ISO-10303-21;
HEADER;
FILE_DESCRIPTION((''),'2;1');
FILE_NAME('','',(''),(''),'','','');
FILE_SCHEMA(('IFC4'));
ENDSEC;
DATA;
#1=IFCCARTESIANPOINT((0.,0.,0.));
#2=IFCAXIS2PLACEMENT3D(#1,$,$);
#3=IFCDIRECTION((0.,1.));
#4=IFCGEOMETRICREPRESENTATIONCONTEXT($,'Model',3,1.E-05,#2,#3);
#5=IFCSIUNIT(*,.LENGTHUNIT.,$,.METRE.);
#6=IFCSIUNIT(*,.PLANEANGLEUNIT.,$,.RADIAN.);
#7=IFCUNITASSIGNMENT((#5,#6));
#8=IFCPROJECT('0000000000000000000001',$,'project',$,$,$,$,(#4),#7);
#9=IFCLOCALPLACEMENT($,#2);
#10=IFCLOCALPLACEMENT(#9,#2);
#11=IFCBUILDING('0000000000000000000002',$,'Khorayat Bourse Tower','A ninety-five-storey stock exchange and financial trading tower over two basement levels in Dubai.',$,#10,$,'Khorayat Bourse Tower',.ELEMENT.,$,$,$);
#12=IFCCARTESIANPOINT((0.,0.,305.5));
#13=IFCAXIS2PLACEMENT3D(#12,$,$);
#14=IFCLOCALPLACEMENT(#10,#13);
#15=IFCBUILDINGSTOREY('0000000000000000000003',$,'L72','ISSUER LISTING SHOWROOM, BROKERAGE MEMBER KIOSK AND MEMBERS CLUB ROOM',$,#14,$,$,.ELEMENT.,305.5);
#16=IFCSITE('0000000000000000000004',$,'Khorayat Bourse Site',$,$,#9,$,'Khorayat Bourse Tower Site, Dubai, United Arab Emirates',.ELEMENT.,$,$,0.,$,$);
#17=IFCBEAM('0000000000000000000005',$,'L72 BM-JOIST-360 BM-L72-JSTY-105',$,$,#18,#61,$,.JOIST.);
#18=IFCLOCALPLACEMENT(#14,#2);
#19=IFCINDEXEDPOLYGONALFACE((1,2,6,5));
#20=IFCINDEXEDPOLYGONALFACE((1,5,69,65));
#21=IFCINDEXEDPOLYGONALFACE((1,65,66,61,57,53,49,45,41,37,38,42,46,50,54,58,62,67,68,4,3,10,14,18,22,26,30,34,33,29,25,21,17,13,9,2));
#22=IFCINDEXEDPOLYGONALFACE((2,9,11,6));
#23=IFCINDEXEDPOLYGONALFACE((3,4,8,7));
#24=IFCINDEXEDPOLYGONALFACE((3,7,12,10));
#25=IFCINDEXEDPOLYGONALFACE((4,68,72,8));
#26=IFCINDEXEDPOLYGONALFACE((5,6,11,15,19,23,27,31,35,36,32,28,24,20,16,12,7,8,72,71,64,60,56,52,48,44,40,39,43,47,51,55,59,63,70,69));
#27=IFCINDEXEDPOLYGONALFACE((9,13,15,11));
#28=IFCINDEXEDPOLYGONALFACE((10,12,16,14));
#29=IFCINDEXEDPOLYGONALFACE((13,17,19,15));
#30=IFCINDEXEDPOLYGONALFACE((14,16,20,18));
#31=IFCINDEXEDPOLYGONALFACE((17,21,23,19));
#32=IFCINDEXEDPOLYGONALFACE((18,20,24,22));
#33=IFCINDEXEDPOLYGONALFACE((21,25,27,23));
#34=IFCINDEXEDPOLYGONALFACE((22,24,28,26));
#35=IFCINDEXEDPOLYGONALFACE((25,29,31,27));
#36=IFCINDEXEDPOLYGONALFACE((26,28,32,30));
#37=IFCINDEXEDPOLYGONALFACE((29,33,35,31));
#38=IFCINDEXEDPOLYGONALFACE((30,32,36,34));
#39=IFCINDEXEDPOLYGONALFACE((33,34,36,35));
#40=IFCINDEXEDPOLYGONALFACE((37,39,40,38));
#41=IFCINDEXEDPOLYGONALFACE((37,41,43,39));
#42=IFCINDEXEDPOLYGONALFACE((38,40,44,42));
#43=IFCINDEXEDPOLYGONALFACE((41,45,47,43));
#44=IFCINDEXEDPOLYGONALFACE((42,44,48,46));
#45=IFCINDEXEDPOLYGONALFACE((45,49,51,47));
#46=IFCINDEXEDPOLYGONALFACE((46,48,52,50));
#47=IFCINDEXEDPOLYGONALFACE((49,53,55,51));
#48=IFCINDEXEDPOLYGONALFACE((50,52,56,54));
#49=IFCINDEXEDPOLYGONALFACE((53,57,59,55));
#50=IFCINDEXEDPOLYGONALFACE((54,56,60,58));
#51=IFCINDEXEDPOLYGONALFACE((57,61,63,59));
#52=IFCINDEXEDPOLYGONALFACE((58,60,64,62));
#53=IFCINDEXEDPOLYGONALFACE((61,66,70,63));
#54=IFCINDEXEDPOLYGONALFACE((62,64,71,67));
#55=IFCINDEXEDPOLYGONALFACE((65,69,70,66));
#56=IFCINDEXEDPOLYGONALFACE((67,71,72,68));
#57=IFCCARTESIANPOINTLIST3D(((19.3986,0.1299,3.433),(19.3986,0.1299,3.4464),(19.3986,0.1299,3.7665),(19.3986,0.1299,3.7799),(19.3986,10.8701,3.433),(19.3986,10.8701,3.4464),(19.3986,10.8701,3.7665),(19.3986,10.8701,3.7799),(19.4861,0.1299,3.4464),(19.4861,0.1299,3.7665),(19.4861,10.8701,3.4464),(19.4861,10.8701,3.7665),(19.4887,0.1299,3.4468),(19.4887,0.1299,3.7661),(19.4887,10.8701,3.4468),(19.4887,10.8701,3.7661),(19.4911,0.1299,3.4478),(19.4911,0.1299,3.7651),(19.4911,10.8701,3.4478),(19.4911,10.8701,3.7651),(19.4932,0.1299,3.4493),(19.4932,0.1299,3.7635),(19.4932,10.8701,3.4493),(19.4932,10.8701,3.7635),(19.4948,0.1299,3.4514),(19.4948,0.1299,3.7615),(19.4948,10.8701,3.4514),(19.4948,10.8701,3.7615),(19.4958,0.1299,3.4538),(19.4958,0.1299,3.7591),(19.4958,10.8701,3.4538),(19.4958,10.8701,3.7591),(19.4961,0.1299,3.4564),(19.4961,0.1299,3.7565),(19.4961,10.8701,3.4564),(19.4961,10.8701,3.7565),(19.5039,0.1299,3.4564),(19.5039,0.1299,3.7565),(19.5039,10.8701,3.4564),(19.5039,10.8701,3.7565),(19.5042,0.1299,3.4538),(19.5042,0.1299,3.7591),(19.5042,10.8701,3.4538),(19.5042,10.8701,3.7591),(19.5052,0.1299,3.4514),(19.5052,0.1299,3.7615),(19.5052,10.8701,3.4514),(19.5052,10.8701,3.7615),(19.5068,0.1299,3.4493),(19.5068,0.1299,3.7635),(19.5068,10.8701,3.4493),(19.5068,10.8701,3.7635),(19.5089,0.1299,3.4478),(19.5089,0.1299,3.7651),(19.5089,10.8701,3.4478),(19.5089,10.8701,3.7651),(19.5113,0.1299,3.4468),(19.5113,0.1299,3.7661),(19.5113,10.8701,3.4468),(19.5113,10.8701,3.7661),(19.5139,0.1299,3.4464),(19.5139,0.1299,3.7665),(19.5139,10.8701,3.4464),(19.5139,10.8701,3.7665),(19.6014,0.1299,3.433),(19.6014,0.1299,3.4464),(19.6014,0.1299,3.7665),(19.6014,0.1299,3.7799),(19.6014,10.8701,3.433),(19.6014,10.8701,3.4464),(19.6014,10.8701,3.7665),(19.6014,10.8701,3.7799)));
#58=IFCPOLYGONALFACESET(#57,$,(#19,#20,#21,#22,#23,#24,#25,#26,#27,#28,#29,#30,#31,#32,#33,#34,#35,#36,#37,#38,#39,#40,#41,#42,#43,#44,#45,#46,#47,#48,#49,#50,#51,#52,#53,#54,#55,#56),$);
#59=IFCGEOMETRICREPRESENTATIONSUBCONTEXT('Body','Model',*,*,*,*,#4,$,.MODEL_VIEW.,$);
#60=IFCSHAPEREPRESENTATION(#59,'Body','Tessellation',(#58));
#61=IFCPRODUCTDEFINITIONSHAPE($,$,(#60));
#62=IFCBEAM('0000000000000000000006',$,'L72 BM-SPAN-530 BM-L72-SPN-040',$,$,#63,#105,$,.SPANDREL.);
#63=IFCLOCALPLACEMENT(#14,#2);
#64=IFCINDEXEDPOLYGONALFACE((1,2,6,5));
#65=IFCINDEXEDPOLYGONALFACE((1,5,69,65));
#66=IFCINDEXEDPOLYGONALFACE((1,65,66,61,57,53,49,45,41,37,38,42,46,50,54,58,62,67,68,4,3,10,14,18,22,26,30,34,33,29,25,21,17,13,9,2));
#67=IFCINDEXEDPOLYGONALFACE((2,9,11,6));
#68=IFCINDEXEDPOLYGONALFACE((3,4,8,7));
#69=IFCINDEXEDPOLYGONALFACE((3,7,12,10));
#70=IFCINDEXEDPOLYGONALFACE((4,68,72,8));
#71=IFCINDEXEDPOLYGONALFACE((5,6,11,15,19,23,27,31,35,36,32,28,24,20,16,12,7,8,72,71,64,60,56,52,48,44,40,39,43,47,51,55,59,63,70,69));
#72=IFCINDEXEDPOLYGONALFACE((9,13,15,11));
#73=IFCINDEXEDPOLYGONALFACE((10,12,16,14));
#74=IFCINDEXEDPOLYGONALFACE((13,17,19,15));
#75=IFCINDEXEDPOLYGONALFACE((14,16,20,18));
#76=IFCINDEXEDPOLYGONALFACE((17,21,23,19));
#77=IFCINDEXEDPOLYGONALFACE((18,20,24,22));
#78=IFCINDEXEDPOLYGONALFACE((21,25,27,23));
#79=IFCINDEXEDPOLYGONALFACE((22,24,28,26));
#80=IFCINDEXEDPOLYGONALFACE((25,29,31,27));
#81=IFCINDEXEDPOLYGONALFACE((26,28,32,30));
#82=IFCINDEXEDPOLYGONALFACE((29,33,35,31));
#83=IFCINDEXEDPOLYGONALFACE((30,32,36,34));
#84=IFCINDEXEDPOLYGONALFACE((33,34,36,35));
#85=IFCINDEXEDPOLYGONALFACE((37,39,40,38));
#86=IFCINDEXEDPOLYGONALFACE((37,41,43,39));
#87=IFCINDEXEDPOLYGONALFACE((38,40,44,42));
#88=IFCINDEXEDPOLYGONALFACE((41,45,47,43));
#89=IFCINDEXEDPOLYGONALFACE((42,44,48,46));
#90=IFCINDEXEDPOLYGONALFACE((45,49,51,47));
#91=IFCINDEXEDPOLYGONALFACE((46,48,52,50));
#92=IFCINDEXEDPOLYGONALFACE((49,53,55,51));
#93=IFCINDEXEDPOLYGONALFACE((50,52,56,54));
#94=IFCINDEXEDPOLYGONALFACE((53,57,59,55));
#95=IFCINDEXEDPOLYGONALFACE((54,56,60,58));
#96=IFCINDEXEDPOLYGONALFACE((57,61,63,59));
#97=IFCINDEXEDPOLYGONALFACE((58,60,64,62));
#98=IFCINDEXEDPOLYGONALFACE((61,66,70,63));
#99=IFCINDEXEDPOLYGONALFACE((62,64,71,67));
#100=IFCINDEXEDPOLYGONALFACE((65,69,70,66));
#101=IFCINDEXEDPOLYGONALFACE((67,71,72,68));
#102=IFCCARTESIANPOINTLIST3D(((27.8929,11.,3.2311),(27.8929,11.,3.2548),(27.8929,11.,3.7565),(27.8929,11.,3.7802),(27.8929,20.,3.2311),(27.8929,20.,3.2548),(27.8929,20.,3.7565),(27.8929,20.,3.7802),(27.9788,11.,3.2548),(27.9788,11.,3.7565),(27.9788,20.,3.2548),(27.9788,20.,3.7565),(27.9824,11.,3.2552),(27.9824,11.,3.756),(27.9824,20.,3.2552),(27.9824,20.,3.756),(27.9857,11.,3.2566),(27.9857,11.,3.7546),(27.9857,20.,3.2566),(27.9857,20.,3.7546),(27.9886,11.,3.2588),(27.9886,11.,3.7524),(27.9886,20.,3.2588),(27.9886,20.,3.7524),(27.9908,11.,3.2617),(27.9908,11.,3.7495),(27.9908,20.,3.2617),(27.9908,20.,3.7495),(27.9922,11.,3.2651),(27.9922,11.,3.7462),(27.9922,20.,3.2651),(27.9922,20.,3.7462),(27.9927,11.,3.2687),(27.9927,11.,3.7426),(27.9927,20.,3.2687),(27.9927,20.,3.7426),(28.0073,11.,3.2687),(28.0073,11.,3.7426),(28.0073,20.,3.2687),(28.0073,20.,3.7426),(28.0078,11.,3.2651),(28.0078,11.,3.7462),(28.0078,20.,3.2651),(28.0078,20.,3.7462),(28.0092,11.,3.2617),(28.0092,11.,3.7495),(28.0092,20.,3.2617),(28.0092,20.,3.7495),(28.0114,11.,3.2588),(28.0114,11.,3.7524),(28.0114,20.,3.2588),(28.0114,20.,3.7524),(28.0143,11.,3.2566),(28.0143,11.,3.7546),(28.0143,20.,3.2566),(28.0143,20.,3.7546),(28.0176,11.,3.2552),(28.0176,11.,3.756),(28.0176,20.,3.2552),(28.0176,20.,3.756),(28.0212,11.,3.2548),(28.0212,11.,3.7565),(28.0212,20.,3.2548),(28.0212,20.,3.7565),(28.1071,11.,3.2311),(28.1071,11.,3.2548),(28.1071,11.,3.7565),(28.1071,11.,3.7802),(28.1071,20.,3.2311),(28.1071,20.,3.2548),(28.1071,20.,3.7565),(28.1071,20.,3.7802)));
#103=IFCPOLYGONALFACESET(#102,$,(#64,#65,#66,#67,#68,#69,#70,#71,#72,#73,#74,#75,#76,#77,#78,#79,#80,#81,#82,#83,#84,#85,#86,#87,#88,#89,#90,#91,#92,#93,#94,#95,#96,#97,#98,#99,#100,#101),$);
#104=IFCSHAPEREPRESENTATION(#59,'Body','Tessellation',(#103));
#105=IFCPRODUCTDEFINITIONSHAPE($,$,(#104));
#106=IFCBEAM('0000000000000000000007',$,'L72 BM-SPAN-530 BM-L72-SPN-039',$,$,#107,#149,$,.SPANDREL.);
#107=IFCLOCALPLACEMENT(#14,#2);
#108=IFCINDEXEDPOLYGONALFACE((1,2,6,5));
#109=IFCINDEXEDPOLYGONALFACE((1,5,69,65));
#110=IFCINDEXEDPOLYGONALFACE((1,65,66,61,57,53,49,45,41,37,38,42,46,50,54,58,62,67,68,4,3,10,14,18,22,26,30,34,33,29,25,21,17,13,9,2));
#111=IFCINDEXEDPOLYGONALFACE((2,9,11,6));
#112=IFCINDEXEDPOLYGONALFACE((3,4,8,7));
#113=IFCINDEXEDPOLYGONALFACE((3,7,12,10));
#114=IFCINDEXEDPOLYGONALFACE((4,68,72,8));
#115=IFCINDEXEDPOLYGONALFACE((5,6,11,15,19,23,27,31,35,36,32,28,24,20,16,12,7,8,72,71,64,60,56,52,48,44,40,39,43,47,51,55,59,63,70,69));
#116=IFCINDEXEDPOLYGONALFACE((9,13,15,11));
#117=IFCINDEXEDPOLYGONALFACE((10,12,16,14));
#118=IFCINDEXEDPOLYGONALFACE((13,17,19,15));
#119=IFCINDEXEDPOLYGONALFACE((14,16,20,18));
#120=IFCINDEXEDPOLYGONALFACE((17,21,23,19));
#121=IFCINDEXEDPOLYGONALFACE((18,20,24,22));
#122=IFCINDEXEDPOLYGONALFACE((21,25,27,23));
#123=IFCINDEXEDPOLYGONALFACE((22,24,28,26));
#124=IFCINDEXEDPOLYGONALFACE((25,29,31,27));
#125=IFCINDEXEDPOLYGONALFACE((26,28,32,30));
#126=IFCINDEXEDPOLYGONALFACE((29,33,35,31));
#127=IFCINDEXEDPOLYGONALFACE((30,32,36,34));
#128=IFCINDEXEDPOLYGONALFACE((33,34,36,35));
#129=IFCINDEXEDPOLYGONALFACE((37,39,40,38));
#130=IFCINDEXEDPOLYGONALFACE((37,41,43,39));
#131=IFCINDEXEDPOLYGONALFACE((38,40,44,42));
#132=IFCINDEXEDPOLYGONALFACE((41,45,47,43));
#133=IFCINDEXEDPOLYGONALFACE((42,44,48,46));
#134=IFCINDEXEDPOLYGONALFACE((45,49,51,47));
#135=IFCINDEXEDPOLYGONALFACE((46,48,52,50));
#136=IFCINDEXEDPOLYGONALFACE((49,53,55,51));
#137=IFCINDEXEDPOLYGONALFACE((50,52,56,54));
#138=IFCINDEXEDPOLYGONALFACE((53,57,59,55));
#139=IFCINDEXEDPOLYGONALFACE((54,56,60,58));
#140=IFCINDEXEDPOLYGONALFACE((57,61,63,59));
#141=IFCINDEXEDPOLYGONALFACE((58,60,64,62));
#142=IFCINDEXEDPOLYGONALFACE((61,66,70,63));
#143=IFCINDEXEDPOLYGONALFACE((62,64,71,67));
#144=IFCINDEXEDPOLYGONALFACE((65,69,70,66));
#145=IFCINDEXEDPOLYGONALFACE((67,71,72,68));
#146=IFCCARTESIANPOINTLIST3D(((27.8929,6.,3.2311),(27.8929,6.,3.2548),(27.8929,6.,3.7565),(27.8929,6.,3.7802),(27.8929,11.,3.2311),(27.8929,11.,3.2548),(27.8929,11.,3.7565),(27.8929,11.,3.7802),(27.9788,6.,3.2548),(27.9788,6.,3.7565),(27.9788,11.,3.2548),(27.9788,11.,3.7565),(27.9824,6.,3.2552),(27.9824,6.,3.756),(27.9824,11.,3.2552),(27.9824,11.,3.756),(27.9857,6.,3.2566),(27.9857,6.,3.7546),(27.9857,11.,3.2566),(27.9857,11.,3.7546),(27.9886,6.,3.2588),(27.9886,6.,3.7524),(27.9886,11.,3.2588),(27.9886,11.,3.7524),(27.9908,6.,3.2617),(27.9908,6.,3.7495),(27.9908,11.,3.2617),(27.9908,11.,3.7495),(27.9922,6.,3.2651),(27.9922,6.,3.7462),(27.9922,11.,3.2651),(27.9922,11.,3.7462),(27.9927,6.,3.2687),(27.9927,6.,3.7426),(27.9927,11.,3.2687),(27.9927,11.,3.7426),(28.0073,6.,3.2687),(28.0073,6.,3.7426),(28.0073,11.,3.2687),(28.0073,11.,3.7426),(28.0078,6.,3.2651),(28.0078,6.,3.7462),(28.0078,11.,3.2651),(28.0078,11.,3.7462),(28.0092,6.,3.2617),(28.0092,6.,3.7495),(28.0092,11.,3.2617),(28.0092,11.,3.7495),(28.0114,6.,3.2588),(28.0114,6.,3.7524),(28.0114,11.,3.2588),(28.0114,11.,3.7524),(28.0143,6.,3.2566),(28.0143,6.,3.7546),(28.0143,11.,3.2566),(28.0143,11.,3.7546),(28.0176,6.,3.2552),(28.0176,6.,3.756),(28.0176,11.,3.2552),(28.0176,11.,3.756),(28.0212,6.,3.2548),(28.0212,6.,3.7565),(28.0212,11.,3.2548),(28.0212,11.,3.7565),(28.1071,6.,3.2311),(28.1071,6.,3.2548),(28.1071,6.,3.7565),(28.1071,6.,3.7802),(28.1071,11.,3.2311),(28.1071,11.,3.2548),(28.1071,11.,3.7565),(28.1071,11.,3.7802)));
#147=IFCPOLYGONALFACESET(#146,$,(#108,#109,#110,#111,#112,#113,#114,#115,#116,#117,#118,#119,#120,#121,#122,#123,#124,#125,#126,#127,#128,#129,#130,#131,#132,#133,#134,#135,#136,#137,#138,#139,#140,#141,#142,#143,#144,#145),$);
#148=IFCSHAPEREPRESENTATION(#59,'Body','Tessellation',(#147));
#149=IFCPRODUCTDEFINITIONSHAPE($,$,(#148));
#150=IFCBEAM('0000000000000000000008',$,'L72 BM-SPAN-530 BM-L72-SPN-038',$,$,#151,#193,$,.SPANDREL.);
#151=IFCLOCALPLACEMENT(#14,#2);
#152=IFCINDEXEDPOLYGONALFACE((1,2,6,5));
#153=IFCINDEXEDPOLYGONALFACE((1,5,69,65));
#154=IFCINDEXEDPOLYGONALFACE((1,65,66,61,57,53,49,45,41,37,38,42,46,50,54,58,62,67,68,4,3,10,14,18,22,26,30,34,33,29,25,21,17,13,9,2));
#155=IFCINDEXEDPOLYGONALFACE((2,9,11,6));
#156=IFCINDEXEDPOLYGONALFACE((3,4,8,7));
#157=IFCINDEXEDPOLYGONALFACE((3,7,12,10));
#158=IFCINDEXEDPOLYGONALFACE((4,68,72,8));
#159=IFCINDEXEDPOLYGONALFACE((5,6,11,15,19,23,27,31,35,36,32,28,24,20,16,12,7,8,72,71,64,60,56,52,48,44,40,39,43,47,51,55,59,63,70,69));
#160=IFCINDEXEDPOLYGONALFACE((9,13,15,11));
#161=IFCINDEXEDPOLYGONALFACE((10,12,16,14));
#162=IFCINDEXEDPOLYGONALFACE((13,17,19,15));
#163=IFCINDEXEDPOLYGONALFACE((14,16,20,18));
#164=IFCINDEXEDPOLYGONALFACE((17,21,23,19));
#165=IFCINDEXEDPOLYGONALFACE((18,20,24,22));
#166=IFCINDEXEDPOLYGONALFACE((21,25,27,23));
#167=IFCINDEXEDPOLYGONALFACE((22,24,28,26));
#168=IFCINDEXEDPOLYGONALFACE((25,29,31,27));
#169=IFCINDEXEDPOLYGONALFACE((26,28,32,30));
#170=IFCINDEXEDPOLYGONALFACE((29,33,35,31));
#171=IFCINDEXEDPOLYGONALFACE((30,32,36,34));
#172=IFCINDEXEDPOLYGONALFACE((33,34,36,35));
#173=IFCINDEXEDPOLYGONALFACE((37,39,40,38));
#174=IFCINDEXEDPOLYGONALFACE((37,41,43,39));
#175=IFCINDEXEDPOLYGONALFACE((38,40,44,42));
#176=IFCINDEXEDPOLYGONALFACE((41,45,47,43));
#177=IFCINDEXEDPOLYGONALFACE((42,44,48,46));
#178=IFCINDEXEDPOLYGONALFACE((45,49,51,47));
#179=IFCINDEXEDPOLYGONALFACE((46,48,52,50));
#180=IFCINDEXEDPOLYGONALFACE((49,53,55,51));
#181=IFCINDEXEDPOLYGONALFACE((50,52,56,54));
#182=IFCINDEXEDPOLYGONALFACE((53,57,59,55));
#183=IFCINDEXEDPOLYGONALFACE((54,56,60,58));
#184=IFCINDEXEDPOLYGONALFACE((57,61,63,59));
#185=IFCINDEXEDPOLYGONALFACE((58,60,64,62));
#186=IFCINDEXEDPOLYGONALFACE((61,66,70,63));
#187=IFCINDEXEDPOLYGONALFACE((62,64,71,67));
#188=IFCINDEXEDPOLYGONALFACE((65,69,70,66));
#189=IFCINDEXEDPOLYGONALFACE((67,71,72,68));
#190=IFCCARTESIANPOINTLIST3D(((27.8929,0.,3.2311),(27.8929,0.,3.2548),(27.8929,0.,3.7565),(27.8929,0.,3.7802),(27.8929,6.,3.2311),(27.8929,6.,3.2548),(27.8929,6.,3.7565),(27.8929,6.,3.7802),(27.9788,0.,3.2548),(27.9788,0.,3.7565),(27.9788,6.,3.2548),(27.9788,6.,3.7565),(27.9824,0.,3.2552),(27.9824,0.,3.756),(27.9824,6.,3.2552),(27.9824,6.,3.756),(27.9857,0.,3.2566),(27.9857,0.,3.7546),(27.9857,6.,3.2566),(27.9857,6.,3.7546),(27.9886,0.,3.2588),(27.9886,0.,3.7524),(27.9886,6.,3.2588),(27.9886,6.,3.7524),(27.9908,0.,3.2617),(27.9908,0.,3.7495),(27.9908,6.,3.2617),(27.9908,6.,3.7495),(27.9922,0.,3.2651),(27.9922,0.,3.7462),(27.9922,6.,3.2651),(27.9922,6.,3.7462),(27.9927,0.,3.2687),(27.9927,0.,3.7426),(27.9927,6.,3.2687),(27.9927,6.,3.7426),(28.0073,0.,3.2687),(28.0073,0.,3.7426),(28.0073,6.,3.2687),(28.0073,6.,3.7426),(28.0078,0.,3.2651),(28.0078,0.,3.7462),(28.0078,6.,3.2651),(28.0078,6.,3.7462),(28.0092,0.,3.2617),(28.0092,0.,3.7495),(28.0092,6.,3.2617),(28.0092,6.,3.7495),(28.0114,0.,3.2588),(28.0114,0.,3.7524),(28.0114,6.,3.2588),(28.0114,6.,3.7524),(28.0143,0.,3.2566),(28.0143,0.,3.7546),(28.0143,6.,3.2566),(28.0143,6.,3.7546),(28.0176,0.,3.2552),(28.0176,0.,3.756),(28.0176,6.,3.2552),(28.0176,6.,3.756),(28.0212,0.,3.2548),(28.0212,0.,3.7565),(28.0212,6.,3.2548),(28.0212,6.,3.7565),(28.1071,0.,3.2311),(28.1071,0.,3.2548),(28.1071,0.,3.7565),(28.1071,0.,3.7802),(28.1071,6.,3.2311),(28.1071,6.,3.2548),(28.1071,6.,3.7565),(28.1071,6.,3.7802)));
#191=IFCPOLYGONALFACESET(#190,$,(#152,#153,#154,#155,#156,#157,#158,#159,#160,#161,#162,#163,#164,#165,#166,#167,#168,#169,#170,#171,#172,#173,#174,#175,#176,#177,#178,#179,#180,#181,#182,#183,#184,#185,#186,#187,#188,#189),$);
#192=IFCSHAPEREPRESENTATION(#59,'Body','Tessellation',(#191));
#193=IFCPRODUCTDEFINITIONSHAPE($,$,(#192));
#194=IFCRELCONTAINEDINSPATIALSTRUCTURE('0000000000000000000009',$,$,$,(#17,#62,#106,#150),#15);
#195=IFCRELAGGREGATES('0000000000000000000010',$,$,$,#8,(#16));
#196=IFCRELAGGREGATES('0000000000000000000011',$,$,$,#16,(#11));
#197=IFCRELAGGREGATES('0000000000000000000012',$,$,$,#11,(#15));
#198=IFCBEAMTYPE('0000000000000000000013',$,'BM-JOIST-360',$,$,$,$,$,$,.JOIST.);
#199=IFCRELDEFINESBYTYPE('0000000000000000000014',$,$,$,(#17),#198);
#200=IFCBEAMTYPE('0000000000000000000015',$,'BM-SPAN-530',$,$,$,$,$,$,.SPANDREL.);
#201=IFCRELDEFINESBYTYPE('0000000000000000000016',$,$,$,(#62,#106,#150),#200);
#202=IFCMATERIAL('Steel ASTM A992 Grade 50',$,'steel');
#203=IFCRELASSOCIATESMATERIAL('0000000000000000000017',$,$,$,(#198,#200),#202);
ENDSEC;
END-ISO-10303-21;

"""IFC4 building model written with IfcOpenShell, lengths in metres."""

from ifc_helpers import new_model, si_unit, direction, frame, origin, origin_2d, place, context, subcontext, project, spatial, i_section, extrude, source, transform, mapped, material, material_profile, profile_set, type_object, element, save


model = new_model("IFC4")

# Units and contexts
model_context = context("Model", 3, precision=1e-05, world=origin(), true_north=direction((0.0, 1.0)))
body_context = subcontext(model_context, "Body", "Model", "MODEL_VIEW")
ifc_project = project(units=[si_unit("LENGTHUNIT", "METRE"), si_unit("PLANEANGLEUNIT", "RADIAN")], contexts=[model_context])

# Site, building, storey
site_placement = place(None, origin())
site = spatial("IfcSite", under=ifc_project, at=site_placement, Name="Khorayat Bourse Site", LongName="Khorayat Bourse Tower Site, Dubai, United Arab Emirates", CompositionType="ELEMENT", RefElevation=0.0)
building_placement = place(site_placement, origin())
building = spatial("IfcBuilding", under=site, at=building_placement, Name="Khorayat Bourse Tower", Description="A ninety-five-storey stock exchange and financial trading tower over two basement levels in Dubai.", LongName="Khorayat Bourse Tower", CompositionType="ELEMENT")
storey_placement = place(building_placement, frame((0.0, 0.0, 305.5)))
storey = spatial("IfcBuildingStorey", under=building, at=storey_placement, Name="L72", Description="ISSUER LISTING SHOWROOM, BROKERAGE MEMBER KIOSK AND MEMBERS CLUB ROOM", CompositionType="ELEMENT", Elevation=305.5)

# Shared definitions
ifc_material_1 = material(Name="Steel ASTM A992 Grade 50", Category="steel")

# Beams
ifc_material_profile_1 = material_profile(ifc_material_1, i_section(OverallWidth=0.2029, OverallDepth=0.3469, WebThickness=0.0078, FlangeThickness=0.0134, FilletRadius=0.01, at=origin_2d()), Name="W360X64")
ifc_profile_set_1 = profile_set([ifc_material_profile_1], Name="Steel ASTM A992 Grade 50")
beam_type_1 = type_object("IfcBeamType", Name="BM-JOIST-360", PredefinedType="JOIST", material=ifc_profile_set_1)
shared_shape_1 = source(origin(), body_context, "Body", "SweptSolid", [
    extrude(i_section(OverallWidth=0.2029, OverallDepth=0.3469, WebThickness=0.0078, FlangeThickness=0.0134, FilletRadius=0.01, at=origin_2d()), origin(), (0.0, 0.0, 1.0), 10.7402),
])
beam_1_placement = place(storey_placement, frame((19.5, 0.1299, 3.6064), z_axis=(0.0, 1.0, 0.0), x_axis=(-1.0, 0.0, 0.0)))
element("IfcBeam", 1, at=beam_1_placement, inside=storey, type_object=beam_type_1, Name="L72 BM-JOIST-360 BM-L72-JSTY-105", PredefinedType="JOIST", context=body_context, shape_type="MappedRepresentation", body=[
    mapped(shared_shape_1, transform((0.0, 0.0, 0.0), scale=1.0)),
])
ifc_material_profile_2 = material_profile(ifc_material_1, i_section(OverallWidth=0.2141, OverallDepth=0.5491, WebThickness=0.0146, FlangeThickness=0.0237, FilletRadius=0.0139, at=origin_2d()), Name="W530X138")
ifc_profile_set_2 = profile_set([ifc_material_profile_2], Name="Steel ASTM A992 Grade 50")
beam_type_2 = type_object("IfcBeamType", Name="BM-SPAN-530", PredefinedType="SPANDREL", material=ifc_profile_set_2)
shared_shape_2 = source(origin(), body_context, "Body", "SweptSolid", [
    extrude(i_section(OverallWidth=0.2141, OverallDepth=0.5491, WebThickness=0.0146, FlangeThickness=0.0237, FilletRadius=0.0139, at=origin_2d()), origin(), (0.0, 0.0, 1.0), 9.0),
])
beam_2_placement = place(storey_placement, frame((28.0, 11.0, 3.5056), z_axis=(0.0, 1.0, 0.0), x_axis=(-1.0, 0.0, 0.0)))
element("IfcBeam", 2, at=beam_2_placement, inside=storey, type_object=beam_type_2, Name="L72 BM-SPAN-530 BM-L72-SPN-040", PredefinedType="SPANDREL", context=body_context, shape_type="MappedRepresentation", body=[
    mapped(shared_shape_2, transform((0.0, 0.0, 0.0), scale=1.0)),
])
shared_shape_3 = source(origin(), body_context, "Body", "SweptSolid", [
    extrude(i_section(OverallWidth=0.2141, OverallDepth=0.5491, WebThickness=0.0146, FlangeThickness=0.0237, FilletRadius=0.0139, at=origin_2d()), origin(), (0.0, 0.0, 1.0), 5.0),
])
beam_3_placement = place(storey_placement, frame((28.0, 6.0, 3.5056), z_axis=(0.0, 1.0, 0.0), x_axis=(-1.0, 0.0, 0.0)))
element("IfcBeam", 3, at=beam_3_placement, inside=storey, type_object=beam_type_2, Name="L72 BM-SPAN-530 BM-L72-SPN-039", PredefinedType="SPANDREL", context=body_context, shape_type="MappedRepresentation", body=[
    mapped(shared_shape_3, transform((0.0, 0.0, 0.0), scale=1.0)),
])
shared_shape_4 = source(origin(), body_context, "Body", "SweptSolid", [
    extrude(i_section(OverallWidth=0.2141, OverallDepth=0.5491, WebThickness=0.0146, FlangeThickness=0.0237, FilletRadius=0.0139, at=origin_2d()), origin(), (0.0, 0.0, 1.0), 6.0),
])
beam_4_placement = place(storey_placement, frame((28.0, 0.0, 3.5056), z_axis=(0.0, 1.0, 0.0), x_axis=(-1.0, 0.0, 0.0)))
element("IfcBeam", 4, at=beam_4_placement, inside=storey, type_object=beam_type_2, Name="L72 BM-SPAN-530 BM-L72-SPN-038", PredefinedType="SPANDREL", context=body_context, shape_type="MappedRepresentation", body=[
    mapped(shared_shape_4, transform((0.0, 0.0, 0.0), scale=1.0)),
])

save(model, "model.ifc")
